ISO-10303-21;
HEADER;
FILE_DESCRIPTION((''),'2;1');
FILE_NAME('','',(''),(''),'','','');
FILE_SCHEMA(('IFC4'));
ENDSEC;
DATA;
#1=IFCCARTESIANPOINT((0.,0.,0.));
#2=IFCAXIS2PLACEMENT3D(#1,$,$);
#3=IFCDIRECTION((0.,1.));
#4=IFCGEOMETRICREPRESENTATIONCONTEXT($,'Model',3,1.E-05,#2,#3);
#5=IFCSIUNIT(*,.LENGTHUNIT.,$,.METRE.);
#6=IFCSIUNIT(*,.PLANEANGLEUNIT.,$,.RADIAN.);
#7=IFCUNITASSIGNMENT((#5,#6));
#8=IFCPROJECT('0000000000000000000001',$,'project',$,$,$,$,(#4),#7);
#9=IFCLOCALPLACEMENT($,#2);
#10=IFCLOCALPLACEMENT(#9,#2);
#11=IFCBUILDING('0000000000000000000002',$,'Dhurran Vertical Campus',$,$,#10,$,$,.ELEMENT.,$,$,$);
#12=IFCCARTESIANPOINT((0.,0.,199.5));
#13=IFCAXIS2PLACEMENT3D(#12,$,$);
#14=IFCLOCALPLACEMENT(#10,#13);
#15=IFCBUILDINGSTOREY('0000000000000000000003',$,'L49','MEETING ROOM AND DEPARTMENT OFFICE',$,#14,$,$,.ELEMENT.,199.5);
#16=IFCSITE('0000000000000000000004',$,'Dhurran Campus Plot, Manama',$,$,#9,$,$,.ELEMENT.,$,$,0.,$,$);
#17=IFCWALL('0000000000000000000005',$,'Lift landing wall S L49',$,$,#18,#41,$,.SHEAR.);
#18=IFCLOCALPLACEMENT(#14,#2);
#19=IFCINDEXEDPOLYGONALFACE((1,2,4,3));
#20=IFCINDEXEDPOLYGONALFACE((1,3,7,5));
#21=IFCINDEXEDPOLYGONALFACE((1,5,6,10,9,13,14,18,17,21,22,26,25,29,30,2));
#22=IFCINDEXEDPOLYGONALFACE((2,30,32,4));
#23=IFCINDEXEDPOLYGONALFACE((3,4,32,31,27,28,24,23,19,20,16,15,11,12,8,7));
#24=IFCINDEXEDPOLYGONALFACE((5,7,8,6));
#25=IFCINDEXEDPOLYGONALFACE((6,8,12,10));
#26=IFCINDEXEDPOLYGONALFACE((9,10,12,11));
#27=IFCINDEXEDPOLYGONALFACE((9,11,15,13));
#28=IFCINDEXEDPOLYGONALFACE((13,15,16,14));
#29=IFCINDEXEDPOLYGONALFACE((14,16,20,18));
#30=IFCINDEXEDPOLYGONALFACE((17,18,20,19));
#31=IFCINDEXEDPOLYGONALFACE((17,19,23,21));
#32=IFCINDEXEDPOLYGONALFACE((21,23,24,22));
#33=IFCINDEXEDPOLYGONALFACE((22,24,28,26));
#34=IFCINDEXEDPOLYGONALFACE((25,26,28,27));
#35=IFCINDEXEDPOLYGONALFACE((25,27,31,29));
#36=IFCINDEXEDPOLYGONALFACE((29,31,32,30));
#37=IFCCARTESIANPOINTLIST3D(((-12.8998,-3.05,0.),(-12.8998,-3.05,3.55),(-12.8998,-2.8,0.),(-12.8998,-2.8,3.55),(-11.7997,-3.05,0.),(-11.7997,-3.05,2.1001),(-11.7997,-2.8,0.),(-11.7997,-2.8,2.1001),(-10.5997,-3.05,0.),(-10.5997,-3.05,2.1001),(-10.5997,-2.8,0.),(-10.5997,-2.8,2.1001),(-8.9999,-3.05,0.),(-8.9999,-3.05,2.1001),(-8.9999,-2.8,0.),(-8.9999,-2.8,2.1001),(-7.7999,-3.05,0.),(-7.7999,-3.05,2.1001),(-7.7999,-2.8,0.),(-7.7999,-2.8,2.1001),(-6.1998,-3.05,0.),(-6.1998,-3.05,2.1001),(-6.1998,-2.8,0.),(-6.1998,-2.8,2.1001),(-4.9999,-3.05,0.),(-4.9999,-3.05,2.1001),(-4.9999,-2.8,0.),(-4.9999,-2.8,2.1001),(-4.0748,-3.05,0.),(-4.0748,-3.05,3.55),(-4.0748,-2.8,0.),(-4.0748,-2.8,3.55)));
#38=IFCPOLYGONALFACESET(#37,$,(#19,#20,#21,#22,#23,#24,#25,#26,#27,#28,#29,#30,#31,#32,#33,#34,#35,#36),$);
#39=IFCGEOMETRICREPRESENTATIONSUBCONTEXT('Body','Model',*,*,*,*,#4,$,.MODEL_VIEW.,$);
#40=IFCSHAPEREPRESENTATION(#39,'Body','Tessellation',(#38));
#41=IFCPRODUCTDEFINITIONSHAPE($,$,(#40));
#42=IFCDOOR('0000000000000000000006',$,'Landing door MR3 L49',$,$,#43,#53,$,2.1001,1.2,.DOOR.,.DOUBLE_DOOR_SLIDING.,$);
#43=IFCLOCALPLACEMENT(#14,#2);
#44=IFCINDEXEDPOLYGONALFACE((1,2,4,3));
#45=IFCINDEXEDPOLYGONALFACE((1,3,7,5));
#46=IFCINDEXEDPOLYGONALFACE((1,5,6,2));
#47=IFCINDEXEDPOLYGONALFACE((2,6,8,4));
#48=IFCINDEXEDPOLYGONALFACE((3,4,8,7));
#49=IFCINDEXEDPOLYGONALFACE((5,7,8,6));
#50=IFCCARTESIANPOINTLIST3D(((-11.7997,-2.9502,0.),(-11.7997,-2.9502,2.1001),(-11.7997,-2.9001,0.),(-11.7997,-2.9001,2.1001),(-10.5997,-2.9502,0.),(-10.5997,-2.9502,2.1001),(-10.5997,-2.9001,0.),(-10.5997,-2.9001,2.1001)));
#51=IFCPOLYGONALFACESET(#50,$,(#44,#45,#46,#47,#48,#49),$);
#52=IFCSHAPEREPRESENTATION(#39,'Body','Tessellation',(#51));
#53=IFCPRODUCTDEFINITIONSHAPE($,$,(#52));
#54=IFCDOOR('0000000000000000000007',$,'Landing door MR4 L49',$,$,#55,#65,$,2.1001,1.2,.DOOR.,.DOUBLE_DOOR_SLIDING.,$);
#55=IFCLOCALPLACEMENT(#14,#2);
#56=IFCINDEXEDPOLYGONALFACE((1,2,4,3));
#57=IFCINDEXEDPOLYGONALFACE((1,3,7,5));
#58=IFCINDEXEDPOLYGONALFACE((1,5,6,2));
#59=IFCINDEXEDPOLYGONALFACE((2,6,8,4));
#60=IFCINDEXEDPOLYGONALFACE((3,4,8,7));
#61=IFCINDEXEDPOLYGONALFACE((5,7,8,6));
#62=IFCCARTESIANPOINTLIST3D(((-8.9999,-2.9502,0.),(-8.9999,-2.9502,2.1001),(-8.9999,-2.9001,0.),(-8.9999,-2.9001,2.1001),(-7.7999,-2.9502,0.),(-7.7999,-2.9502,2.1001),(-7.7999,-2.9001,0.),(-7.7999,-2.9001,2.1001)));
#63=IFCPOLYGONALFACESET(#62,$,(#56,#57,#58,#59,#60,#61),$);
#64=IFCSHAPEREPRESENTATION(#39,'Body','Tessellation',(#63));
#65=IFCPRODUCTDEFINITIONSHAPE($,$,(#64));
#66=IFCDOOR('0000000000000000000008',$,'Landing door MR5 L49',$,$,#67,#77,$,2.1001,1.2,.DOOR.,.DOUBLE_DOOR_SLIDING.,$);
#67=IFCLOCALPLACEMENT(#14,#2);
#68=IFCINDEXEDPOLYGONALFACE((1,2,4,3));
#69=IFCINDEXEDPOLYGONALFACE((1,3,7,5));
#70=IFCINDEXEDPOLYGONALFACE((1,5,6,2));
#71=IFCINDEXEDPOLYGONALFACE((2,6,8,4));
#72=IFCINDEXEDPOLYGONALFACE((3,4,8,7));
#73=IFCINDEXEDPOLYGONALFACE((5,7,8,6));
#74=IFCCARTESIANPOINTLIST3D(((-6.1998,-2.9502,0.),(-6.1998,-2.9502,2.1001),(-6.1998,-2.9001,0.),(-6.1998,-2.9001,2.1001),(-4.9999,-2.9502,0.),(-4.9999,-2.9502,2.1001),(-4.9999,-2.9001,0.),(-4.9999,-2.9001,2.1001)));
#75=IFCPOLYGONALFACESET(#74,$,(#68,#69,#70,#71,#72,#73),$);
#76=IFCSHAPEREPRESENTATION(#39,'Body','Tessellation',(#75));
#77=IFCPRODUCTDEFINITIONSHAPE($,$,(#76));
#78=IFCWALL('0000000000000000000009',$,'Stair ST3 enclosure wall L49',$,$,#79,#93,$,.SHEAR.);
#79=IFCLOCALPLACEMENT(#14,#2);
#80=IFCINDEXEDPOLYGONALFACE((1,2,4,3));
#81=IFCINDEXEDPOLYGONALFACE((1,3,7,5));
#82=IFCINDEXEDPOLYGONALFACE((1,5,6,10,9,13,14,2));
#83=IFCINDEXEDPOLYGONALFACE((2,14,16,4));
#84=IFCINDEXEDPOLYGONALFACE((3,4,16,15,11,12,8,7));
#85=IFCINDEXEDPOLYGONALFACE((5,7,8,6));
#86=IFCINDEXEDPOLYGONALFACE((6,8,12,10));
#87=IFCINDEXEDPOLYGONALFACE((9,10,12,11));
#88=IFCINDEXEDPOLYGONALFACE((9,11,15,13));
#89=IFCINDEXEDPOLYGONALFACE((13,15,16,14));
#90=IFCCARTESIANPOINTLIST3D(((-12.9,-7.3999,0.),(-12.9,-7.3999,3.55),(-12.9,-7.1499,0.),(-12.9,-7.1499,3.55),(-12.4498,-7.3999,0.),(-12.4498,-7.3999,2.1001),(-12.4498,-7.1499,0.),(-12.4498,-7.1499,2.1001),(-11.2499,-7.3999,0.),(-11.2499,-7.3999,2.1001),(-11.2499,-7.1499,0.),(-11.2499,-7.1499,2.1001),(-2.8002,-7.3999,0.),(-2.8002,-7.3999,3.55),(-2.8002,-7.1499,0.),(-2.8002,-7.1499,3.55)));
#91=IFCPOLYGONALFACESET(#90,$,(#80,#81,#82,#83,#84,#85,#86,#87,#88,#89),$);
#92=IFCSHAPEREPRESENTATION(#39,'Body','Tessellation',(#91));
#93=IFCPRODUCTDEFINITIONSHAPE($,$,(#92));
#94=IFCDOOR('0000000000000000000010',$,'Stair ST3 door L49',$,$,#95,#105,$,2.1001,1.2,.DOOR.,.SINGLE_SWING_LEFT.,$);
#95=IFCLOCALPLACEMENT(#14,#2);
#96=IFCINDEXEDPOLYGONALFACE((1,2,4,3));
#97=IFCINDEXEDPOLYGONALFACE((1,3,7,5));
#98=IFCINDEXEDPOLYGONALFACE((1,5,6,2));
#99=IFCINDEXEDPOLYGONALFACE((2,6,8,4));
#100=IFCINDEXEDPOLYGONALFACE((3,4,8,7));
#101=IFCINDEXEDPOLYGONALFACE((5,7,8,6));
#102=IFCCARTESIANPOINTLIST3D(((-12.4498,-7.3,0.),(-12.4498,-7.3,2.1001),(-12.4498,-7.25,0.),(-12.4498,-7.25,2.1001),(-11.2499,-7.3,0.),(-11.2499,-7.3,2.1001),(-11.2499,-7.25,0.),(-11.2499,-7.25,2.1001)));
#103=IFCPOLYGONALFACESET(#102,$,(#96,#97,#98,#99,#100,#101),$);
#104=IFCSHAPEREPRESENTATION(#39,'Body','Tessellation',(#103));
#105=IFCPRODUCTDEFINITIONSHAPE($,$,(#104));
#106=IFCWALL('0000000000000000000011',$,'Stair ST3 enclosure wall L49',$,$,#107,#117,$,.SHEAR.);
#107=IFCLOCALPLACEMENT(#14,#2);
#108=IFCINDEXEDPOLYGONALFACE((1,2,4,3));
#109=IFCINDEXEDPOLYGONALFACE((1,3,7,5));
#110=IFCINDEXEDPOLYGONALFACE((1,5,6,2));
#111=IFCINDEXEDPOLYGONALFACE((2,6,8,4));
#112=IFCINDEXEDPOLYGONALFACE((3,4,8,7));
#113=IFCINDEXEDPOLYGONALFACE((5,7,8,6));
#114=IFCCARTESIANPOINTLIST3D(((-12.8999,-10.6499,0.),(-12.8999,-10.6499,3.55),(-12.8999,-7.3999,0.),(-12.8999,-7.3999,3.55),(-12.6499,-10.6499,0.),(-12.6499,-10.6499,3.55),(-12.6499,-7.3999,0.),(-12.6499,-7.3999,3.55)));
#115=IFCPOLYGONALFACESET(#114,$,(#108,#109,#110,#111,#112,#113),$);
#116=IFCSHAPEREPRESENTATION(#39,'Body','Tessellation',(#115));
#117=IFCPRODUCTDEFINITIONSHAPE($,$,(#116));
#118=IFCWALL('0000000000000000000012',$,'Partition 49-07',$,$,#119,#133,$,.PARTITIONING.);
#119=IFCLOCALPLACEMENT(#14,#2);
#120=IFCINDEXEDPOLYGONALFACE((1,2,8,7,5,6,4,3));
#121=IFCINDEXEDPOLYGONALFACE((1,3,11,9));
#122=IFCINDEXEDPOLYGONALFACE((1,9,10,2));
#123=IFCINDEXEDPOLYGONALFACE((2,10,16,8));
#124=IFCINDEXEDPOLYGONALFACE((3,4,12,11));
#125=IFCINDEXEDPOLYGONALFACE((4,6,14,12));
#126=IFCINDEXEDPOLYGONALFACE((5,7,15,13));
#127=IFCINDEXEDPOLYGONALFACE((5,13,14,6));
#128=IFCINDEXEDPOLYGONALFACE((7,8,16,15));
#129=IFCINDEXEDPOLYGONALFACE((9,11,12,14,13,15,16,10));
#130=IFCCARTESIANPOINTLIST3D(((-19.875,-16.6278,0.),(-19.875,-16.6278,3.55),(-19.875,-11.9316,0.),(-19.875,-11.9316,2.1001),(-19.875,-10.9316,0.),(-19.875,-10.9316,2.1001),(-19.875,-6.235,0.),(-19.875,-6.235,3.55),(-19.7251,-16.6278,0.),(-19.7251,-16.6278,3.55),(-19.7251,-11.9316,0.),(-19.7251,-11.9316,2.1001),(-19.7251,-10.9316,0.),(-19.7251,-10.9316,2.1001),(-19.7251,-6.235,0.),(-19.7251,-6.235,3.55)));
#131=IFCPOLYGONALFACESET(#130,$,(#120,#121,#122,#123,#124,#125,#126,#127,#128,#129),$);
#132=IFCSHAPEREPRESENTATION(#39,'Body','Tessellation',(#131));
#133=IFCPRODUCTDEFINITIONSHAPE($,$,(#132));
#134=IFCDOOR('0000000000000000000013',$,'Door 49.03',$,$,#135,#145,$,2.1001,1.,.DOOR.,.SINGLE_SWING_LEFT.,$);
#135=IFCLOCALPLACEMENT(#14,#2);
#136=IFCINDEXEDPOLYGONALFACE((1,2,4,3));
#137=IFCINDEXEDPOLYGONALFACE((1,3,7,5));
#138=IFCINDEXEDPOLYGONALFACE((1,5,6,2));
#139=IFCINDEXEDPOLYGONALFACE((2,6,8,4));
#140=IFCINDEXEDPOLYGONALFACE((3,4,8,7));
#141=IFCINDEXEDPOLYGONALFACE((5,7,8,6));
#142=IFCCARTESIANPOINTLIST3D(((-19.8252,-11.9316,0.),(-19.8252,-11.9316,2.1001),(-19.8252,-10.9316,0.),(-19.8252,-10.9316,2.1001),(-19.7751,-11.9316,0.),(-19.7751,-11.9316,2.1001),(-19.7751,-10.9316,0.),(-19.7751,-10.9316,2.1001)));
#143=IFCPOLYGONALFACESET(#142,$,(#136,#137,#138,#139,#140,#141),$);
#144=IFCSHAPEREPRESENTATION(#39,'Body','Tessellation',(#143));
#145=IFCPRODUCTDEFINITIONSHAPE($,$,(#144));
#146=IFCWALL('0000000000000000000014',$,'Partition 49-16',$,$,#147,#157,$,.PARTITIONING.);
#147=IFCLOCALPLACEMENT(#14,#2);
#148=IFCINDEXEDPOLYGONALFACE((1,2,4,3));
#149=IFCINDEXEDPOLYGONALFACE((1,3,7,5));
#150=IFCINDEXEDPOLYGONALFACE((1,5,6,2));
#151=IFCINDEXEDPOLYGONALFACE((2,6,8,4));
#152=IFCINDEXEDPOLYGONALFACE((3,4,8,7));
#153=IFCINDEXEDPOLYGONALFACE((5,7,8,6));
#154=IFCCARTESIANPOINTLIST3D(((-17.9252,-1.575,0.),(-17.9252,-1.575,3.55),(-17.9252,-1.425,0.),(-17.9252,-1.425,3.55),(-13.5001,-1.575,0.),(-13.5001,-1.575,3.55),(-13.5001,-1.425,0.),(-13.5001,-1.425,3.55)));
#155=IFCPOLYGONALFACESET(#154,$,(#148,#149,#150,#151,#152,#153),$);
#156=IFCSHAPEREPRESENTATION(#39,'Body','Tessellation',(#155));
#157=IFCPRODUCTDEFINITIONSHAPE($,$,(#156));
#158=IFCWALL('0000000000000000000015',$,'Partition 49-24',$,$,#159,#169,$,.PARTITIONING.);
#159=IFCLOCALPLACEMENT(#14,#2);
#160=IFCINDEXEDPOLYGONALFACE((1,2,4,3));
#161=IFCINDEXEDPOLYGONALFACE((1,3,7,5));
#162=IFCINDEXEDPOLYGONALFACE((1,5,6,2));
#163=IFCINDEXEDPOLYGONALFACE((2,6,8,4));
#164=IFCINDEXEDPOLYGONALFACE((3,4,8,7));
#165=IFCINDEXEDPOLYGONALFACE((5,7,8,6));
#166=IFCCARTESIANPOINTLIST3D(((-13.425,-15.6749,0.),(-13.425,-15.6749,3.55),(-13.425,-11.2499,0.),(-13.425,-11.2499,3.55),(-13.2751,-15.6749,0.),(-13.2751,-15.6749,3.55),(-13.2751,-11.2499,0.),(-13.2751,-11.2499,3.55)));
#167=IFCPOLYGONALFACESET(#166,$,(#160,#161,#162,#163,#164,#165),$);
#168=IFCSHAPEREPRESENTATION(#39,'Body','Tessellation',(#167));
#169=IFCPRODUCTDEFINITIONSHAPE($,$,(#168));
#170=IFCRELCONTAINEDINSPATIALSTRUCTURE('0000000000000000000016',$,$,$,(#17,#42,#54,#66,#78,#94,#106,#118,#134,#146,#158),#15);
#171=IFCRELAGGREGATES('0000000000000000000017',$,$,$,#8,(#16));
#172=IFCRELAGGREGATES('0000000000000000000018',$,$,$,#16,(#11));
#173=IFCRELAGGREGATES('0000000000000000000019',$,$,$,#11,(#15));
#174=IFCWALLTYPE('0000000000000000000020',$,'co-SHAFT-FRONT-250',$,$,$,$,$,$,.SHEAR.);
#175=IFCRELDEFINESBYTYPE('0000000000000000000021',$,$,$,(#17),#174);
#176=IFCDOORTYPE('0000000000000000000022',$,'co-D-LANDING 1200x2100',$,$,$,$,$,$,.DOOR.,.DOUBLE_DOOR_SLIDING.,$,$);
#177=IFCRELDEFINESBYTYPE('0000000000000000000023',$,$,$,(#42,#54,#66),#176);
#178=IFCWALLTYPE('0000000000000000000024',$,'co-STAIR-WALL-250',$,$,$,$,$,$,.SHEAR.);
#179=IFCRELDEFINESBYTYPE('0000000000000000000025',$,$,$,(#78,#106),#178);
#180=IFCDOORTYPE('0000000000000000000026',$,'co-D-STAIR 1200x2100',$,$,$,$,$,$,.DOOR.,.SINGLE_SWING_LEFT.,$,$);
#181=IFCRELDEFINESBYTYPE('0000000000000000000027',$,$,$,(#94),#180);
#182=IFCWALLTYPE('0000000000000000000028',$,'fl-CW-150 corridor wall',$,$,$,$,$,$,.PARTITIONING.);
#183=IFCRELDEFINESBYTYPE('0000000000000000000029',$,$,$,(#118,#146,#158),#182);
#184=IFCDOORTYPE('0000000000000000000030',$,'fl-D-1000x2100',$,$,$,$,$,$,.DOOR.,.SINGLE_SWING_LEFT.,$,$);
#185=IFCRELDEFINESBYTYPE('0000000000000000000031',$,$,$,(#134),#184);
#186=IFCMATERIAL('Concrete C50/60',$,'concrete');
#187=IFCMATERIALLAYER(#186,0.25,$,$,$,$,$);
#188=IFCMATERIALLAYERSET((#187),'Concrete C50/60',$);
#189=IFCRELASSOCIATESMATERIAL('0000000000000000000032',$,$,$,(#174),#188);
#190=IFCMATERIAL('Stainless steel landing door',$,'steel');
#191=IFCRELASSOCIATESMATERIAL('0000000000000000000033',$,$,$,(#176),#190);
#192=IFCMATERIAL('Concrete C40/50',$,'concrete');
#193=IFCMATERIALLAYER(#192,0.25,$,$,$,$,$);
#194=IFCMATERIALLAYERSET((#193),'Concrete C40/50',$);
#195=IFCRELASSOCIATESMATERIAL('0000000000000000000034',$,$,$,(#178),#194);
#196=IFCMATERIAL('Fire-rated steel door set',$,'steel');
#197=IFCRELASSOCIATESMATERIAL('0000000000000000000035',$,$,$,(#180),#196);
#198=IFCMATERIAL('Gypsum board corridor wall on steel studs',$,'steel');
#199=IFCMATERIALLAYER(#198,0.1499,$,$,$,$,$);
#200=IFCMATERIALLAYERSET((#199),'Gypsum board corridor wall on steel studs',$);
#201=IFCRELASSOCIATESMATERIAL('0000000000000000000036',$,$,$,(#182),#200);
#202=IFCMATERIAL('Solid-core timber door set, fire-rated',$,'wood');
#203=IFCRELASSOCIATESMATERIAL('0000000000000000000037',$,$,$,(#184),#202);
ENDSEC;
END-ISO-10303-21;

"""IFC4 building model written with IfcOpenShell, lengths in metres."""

from ifc_helpers import new_model, si_unit, direction, frame, frame_2d, origin, place, context, subcontext, project, spatial, rectangle, extrude, material, layer, layer_set, type_object, element, fill, save


model = new_model("IFC4")

# Units and contexts
model_context = context("Model", 3, precision=1e-05, world=origin(), true_north=direction((0.0, 1.0)))
body_context = subcontext(model_context, "Body", "Model", "MODEL_VIEW")
ifc_project = project(units=[si_unit("LENGTHUNIT", "METRE"), si_unit("PLANEANGLEUNIT", "RADIAN")], contexts=[model_context])

# Site, building, storey
site_placement = place(None, origin())
site = spatial("IfcSite", under=ifc_project, at=site_placement, Name="Dhurran Campus Plot, Manama", CompositionType="ELEMENT", RefElevation=0.0)
building_placement = place(site_placement, origin())
building = spatial("IfcBuilding", under=site, at=building_placement, Name="Dhurran Vertical Campus", CompositionType="ELEMENT")
storey_placement = place(building_placement, frame((0.0, 0.0, 199.5)))
storey = spatial("IfcBuildingStorey", under=building, at=storey_placement, Name="L49", Description="MEETING ROOM AND DEPARTMENT OFFICE", CompositionType="ELEMENT", Elevation=199.5)

# Wall, openings, doors
ifc_material_1 = material(Name="Concrete C50/60", Category="concrete")
ifc_layer_1 = layer(ifc_material_1, 0.25)
ifc_layer_set_1 = layer_set([ifc_layer_1], Name="Concrete C50/60")
wall_type_1 = type_object("IfcWallType", Name="co-SHAFT-FRONT-250", PredefinedType="SHEAR", material=ifc_layer_set_1)
wall_1_placement = place(storey_placement, frame((-12.8999, -2.925, 0.0), z_axis=(0.0, 0.0, 1.0), x_axis=(1.0, 0.0, 0.0)))
wall_1 = element("IfcWall", 1, at=wall_1_placement, inside=storey, type_object=wall_type_1, Name="Lift landing wall S L49", PredefinedType="SHEAR", context=body_context, shape_type="SweptSolid", body=[
    extrude(rectangle(XDim=8.825, YDim=0.25, at=frame_2d((4.4126, 0.0))), origin(), (0.0, 0.0, 1.0), 3.55),
])
opening_1_placement = place(wall_1_placement, frame((1.1001, 0.0, 0.0)))
opening_1 = element("IfcOpeningElement", 2, at=opening_1_placement, cuts=wall_1, PredefinedType="OPENING", context=body_context, shape_type="SweptSolid", body=[
    extrude(rectangle(XDim=1.2, YDim=2.1001, at=frame_2d((0.6001, 1.05))), frame((0.0, 0.135, 0.0), z_axis=(0.0, -1.0, 0.0), x_axis=(1.0, 0.0, 0.0)), (0.0, 0.0, 1.0), 0.27),
])
opening_2_placement = place(wall_1_placement, frame((3.8999, 0.0, 0.0)))
opening_2 = element("IfcOpeningElement", 3, at=opening_2_placement, cuts=wall_1, PredefinedType="OPENING", context=body_context, shape_type="SweptSolid", body=[
    extrude(rectangle(XDim=1.2, YDim=2.1001, at=frame_2d((0.6001, 1.05))), frame((0.0, 0.135, 0.0), z_axis=(0.0, -1.0, 0.0), x_axis=(1.0, 0.0, 0.0)), (0.0, 0.0, 1.0), 0.27),
])
opening_3_placement = place(wall_1_placement, frame((6.7, 0.0, 0.0)))
opening_3 = element("IfcOpeningElement", 4, at=opening_3_placement, cuts=wall_1, PredefinedType="OPENING", context=body_context, shape_type="SweptSolid", body=[
    extrude(rectangle(XDim=1.2, YDim=2.1001, at=frame_2d((0.6001, 1.05))), frame((0.0, 0.135, 0.0), z_axis=(0.0, -1.0, 0.0), x_axis=(1.0, 0.0, 0.0)), (0.0, 0.0, 1.0), 0.27),
])
ifc_material_2 = material(Name="Stainless steel landing door", Category="steel")
door_type_1 = type_object("IfcDoorType", Name="co-D-LANDING 1200x2100", OperationType="DOUBLE_DOOR_SLIDING", PredefinedType="DOOR", material=ifc_material_2)
door_1_placement = place(opening_1_placement, origin())
door_1 = element("IfcDoor", 5, at=door_1_placement, inside=storey, type_object=door_type_1, Name="Landing door MR3 L49", OperationType="DOUBLE_DOOR_SLIDING", OverallHeight=2.1001, OverallWidth=1.2, PredefinedType="DOOR", context=body_context, shape_type="SweptSolid", body=[
    extrude(rectangle(XDim=1.2, YDim=2.1001, at=frame_2d((0.6001, 1.05))), frame((0.0, 0.0249, 0.0), z_axis=(0.0, -1.0, 0.0), x_axis=(1.0, 0.0, 0.0)), (0.0, 0.0, 1.0), 0.05),
])
fill(opening_1, door_1)
door_2_placement = place(opening_2_placement, origin())
door_2 = element("IfcDoor", 6, at=door_2_placement, inside=storey, type_object=door_type_1, Name="Landing door MR4 L49", OperationType="DOUBLE_DOOR_SLIDING", OverallHeight=2.1001, OverallWidth=1.2, PredefinedType="DOOR", context=body_context, shape_type="SweptSolid", body=[
    extrude(rectangle(XDim=1.2, YDim=2.1001, at=frame_2d((0.6001, 1.05))), frame((0.0, 0.0249, 0.0), z_axis=(0.0, -1.0, 0.0), x_axis=(1.0, 0.0, 0.0)), (0.0, 0.0, 1.0), 0.05),
])
fill(opening_2, door_2)
door_3_placement = place(opening_3_placement, origin())
door_3 = element("IfcDoor", 7, at=door_3_placement, inside=storey, type_object=door_type_1, Name="Landing door MR5 L49", OperationType="DOUBLE_DOOR_SLIDING", OverallHeight=2.1001, OverallWidth=1.2, PredefinedType="DOOR", context=body_context, shape_type="SweptSolid", body=[
    extrude(rectangle(XDim=1.2, YDim=2.1001, at=frame_2d((0.6001, 1.05))), frame((0.0, 0.0249, 0.0), z_axis=(0.0, -1.0, 0.0), x_axis=(1.0, 0.0, 0.0)), (0.0, 0.0, 1.0), 0.05),
])
fill(opening_3, door_3)

# Wall, opening, door
ifc_material_3 = material(Name="Concrete C40/50", Category="concrete")
ifc_layer_2 = layer(ifc_material_3, 0.25)
ifc_layer_set_2 = layer_set([ifc_layer_2], Name="Concrete C40/50")
wall_type_2 = type_object("IfcWallType", Name="co-STAIR-WALL-250", PredefinedType="SHEAR", material=ifc_layer_set_2)
wall_2_placement = place(storey_placement, frame((-12.8999, -7.2749, 0.0), z_axis=(0.0, 0.0, 1.0), x_axis=(1.0, 0.0, 0.0)))
wall_2 = element("IfcWall", 8, at=wall_2_placement, inside=storey, type_object=wall_type_2, Name="Stair ST3 enclosure wall L49", PredefinedType="SHEAR", context=body_context, shape_type="SweptSolid", body=[
    extrude(rectangle(XDim=10.0999, YDim=0.25, at=frame_2d((5.0498, 0.0))), origin(), (0.0, 0.0, 1.0), 3.55),
])
opening_4_placement = place(wall_2_placement, frame((0.45, 0.0, 0.0)))
opening_4 = element("IfcOpeningElement", 9, at=opening_4_placement, cuts=wall_2, PredefinedType="OPENING", context=body_context, shape_type="SweptSolid", body=[
    extrude(rectangle(XDim=1.2, YDim=2.1001, at=frame_2d((0.6001, 1.05))), frame((0.0, 0.135, 0.0), z_axis=(0.0, -1.0, 0.0), x_axis=(1.0, 0.0, 0.0)), (0.0, 0.0, 1.0), 0.27),
])
ifc_material_4 = material(Name="Fire-rated steel door set", Category="steel")
door_type_2 = type_object("IfcDoorType", Name="co-D-STAIR 1200x2100", OperationType="SINGLE_SWING_LEFT", PredefinedType="DOOR", material=ifc_material_4)
door_4_placement = place(opening_4_placement, origin())
door_4 = element("IfcDoor", 10, at=door_4_placement, inside=storey, type_object=door_type_2, Name="Stair ST3 door L49", OperationType="SINGLE_SWING_LEFT", OverallHeight=2.1001, OverallWidth=1.2, PredefinedType="DOOR", context=body_context, shape_type="SweptSolid", body=[
    extrude(rectangle(XDim=1.2, YDim=2.1001, at=frame_2d((0.6001, 1.05))), frame((0.0, 0.0249, 0.0), z_axis=(0.0, -1.0, 0.0), x_axis=(1.0, 0.0, 0.0)), (0.0, 0.0, 1.0), 0.05),
])
fill(opening_4, door_4)

# Wall
wall_3_placement = place(storey_placement, frame((-12.7749, -10.6499, 0.0), z_axis=(0.0, 0.0, 1.0), x_axis=(0.0, 1.0, 0.0)))
element("IfcWall", 11, at=wall_3_placement, inside=storey, type_object=wall_type_2, Name="Stair ST3 enclosure wall L49", PredefinedType="SHEAR", context=body_context, shape_type="SweptSolid", body=[
    extrude(rectangle(XDim=3.25, YDim=0.25, at=frame_2d((1.625, 0.0))), origin(), (0.0, 0.0, 1.0), 3.55),
])

# Wall, opening, door
ifc_material_5 = material(Name="Gypsum board corridor wall on steel studs", Category="steel")
ifc_layer_3 = layer(ifc_material_5, 0.1499)
ifc_layer_set_3 = layer_set([ifc_layer_3], Name="Gypsum board corridor wall on steel studs")
wall_type_3 = type_object("IfcWallType", Name="fl-CW-150 corridor wall", PredefinedType="PARTITIONING", material=ifc_layer_set_3)
wall_4_placement = place(storey_placement, frame((-19.8, -6.2351, 0.0), z_axis=(0.0, 0.0, 1.0), x_axis=(0.0, -1.0, 0.0)))
wall_4 = element("IfcWall", 12, at=wall_4_placement, inside=storey, type_object=wall_type_3, Name="Partition 49-07", PredefinedType="PARTITIONING", context=body_context, shape_type="SweptSolid", body=[
    extrude(rectangle(XDim=10.3928, YDim=0.1499, at=frame_2d((5.1963, 0.0))), origin(), (0.0, 0.0, 1.0), 3.55),
])
opening_5_placement = place(wall_4_placement, frame((4.6965, 0.0, 0.0)))
opening_5 = element("IfcOpeningElement", 13, at=opening_5_placement, cuts=wall_4, PredefinedType="OPENING", context=body_context, shape_type="SweptSolid", body=[
    extrude(rectangle(XDim=1.0, YDim=2.1001, at=frame_2d((0.5, 1.05))), frame((0.0, 0.085, 0.0), z_axis=(0.0, -1.0, 0.0), x_axis=(1.0, 0.0, 0.0)), (0.0, 0.0, 1.0), 0.1699),
])
ifc_material_6 = material(Name="Solid-core timber door set, fire-rated", Category="wood")
door_type_3 = type_object("IfcDoorType", Name="fl-D-1000x2100", OperationType="SINGLE_SWING_LEFT", PredefinedType="DOOR", material=ifc_material_6)
door_5_placement = place(opening_5_placement, origin())
door_5 = element("IfcDoor", 14, at=door_5_placement, inside=storey, type_object=door_type_3, Name="Door 49.03", OperationType="SINGLE_SWING_LEFT", OverallHeight=2.1001, OverallWidth=1.0, PredefinedType="DOOR", context=body_context, shape_type="SweptSolid", body=[
    extrude(rectangle(XDim=1.0, YDim=2.1001, at=frame_2d((0.5, 1.05))), frame((0.0, 0.0249, 0.0), z_axis=(0.0, -1.0, 0.0), x_axis=(1.0, 0.0, 0.0)), (0.0, 0.0, 1.0), 0.05),
])
fill(opening_5, door_5)

# Walls
for number, where, z_axis, x_axis, name in (
    (15, (-17.925, -1.5, 0.0), (0.0, 0.0, 1.0), (1.0, 0.0, 0.0), "Partition 49-16"),
    (16, (-13.3501, -11.25, 0.0), (0.0, 0.0, 1.0), (0.0, -1.0, 0.0), "Partition 49-24"),
):
    element("IfcWall", number, at=place(storey_placement, frame(where, z_axis=z_axis, x_axis=x_axis)), inside=storey, type_object=wall_type_3, Name=name, PredefinedType="PARTITIONING", context=body_context, shape_type="SweptSolid", body=[
        extrude(rectangle(XDim=4.425, YDim=0.1499, at=frame_2d((2.2124, 0.0))), origin(), (0.0, 0.0, 1.0), 3.55),
    ])

save(model, "model.ifc")
